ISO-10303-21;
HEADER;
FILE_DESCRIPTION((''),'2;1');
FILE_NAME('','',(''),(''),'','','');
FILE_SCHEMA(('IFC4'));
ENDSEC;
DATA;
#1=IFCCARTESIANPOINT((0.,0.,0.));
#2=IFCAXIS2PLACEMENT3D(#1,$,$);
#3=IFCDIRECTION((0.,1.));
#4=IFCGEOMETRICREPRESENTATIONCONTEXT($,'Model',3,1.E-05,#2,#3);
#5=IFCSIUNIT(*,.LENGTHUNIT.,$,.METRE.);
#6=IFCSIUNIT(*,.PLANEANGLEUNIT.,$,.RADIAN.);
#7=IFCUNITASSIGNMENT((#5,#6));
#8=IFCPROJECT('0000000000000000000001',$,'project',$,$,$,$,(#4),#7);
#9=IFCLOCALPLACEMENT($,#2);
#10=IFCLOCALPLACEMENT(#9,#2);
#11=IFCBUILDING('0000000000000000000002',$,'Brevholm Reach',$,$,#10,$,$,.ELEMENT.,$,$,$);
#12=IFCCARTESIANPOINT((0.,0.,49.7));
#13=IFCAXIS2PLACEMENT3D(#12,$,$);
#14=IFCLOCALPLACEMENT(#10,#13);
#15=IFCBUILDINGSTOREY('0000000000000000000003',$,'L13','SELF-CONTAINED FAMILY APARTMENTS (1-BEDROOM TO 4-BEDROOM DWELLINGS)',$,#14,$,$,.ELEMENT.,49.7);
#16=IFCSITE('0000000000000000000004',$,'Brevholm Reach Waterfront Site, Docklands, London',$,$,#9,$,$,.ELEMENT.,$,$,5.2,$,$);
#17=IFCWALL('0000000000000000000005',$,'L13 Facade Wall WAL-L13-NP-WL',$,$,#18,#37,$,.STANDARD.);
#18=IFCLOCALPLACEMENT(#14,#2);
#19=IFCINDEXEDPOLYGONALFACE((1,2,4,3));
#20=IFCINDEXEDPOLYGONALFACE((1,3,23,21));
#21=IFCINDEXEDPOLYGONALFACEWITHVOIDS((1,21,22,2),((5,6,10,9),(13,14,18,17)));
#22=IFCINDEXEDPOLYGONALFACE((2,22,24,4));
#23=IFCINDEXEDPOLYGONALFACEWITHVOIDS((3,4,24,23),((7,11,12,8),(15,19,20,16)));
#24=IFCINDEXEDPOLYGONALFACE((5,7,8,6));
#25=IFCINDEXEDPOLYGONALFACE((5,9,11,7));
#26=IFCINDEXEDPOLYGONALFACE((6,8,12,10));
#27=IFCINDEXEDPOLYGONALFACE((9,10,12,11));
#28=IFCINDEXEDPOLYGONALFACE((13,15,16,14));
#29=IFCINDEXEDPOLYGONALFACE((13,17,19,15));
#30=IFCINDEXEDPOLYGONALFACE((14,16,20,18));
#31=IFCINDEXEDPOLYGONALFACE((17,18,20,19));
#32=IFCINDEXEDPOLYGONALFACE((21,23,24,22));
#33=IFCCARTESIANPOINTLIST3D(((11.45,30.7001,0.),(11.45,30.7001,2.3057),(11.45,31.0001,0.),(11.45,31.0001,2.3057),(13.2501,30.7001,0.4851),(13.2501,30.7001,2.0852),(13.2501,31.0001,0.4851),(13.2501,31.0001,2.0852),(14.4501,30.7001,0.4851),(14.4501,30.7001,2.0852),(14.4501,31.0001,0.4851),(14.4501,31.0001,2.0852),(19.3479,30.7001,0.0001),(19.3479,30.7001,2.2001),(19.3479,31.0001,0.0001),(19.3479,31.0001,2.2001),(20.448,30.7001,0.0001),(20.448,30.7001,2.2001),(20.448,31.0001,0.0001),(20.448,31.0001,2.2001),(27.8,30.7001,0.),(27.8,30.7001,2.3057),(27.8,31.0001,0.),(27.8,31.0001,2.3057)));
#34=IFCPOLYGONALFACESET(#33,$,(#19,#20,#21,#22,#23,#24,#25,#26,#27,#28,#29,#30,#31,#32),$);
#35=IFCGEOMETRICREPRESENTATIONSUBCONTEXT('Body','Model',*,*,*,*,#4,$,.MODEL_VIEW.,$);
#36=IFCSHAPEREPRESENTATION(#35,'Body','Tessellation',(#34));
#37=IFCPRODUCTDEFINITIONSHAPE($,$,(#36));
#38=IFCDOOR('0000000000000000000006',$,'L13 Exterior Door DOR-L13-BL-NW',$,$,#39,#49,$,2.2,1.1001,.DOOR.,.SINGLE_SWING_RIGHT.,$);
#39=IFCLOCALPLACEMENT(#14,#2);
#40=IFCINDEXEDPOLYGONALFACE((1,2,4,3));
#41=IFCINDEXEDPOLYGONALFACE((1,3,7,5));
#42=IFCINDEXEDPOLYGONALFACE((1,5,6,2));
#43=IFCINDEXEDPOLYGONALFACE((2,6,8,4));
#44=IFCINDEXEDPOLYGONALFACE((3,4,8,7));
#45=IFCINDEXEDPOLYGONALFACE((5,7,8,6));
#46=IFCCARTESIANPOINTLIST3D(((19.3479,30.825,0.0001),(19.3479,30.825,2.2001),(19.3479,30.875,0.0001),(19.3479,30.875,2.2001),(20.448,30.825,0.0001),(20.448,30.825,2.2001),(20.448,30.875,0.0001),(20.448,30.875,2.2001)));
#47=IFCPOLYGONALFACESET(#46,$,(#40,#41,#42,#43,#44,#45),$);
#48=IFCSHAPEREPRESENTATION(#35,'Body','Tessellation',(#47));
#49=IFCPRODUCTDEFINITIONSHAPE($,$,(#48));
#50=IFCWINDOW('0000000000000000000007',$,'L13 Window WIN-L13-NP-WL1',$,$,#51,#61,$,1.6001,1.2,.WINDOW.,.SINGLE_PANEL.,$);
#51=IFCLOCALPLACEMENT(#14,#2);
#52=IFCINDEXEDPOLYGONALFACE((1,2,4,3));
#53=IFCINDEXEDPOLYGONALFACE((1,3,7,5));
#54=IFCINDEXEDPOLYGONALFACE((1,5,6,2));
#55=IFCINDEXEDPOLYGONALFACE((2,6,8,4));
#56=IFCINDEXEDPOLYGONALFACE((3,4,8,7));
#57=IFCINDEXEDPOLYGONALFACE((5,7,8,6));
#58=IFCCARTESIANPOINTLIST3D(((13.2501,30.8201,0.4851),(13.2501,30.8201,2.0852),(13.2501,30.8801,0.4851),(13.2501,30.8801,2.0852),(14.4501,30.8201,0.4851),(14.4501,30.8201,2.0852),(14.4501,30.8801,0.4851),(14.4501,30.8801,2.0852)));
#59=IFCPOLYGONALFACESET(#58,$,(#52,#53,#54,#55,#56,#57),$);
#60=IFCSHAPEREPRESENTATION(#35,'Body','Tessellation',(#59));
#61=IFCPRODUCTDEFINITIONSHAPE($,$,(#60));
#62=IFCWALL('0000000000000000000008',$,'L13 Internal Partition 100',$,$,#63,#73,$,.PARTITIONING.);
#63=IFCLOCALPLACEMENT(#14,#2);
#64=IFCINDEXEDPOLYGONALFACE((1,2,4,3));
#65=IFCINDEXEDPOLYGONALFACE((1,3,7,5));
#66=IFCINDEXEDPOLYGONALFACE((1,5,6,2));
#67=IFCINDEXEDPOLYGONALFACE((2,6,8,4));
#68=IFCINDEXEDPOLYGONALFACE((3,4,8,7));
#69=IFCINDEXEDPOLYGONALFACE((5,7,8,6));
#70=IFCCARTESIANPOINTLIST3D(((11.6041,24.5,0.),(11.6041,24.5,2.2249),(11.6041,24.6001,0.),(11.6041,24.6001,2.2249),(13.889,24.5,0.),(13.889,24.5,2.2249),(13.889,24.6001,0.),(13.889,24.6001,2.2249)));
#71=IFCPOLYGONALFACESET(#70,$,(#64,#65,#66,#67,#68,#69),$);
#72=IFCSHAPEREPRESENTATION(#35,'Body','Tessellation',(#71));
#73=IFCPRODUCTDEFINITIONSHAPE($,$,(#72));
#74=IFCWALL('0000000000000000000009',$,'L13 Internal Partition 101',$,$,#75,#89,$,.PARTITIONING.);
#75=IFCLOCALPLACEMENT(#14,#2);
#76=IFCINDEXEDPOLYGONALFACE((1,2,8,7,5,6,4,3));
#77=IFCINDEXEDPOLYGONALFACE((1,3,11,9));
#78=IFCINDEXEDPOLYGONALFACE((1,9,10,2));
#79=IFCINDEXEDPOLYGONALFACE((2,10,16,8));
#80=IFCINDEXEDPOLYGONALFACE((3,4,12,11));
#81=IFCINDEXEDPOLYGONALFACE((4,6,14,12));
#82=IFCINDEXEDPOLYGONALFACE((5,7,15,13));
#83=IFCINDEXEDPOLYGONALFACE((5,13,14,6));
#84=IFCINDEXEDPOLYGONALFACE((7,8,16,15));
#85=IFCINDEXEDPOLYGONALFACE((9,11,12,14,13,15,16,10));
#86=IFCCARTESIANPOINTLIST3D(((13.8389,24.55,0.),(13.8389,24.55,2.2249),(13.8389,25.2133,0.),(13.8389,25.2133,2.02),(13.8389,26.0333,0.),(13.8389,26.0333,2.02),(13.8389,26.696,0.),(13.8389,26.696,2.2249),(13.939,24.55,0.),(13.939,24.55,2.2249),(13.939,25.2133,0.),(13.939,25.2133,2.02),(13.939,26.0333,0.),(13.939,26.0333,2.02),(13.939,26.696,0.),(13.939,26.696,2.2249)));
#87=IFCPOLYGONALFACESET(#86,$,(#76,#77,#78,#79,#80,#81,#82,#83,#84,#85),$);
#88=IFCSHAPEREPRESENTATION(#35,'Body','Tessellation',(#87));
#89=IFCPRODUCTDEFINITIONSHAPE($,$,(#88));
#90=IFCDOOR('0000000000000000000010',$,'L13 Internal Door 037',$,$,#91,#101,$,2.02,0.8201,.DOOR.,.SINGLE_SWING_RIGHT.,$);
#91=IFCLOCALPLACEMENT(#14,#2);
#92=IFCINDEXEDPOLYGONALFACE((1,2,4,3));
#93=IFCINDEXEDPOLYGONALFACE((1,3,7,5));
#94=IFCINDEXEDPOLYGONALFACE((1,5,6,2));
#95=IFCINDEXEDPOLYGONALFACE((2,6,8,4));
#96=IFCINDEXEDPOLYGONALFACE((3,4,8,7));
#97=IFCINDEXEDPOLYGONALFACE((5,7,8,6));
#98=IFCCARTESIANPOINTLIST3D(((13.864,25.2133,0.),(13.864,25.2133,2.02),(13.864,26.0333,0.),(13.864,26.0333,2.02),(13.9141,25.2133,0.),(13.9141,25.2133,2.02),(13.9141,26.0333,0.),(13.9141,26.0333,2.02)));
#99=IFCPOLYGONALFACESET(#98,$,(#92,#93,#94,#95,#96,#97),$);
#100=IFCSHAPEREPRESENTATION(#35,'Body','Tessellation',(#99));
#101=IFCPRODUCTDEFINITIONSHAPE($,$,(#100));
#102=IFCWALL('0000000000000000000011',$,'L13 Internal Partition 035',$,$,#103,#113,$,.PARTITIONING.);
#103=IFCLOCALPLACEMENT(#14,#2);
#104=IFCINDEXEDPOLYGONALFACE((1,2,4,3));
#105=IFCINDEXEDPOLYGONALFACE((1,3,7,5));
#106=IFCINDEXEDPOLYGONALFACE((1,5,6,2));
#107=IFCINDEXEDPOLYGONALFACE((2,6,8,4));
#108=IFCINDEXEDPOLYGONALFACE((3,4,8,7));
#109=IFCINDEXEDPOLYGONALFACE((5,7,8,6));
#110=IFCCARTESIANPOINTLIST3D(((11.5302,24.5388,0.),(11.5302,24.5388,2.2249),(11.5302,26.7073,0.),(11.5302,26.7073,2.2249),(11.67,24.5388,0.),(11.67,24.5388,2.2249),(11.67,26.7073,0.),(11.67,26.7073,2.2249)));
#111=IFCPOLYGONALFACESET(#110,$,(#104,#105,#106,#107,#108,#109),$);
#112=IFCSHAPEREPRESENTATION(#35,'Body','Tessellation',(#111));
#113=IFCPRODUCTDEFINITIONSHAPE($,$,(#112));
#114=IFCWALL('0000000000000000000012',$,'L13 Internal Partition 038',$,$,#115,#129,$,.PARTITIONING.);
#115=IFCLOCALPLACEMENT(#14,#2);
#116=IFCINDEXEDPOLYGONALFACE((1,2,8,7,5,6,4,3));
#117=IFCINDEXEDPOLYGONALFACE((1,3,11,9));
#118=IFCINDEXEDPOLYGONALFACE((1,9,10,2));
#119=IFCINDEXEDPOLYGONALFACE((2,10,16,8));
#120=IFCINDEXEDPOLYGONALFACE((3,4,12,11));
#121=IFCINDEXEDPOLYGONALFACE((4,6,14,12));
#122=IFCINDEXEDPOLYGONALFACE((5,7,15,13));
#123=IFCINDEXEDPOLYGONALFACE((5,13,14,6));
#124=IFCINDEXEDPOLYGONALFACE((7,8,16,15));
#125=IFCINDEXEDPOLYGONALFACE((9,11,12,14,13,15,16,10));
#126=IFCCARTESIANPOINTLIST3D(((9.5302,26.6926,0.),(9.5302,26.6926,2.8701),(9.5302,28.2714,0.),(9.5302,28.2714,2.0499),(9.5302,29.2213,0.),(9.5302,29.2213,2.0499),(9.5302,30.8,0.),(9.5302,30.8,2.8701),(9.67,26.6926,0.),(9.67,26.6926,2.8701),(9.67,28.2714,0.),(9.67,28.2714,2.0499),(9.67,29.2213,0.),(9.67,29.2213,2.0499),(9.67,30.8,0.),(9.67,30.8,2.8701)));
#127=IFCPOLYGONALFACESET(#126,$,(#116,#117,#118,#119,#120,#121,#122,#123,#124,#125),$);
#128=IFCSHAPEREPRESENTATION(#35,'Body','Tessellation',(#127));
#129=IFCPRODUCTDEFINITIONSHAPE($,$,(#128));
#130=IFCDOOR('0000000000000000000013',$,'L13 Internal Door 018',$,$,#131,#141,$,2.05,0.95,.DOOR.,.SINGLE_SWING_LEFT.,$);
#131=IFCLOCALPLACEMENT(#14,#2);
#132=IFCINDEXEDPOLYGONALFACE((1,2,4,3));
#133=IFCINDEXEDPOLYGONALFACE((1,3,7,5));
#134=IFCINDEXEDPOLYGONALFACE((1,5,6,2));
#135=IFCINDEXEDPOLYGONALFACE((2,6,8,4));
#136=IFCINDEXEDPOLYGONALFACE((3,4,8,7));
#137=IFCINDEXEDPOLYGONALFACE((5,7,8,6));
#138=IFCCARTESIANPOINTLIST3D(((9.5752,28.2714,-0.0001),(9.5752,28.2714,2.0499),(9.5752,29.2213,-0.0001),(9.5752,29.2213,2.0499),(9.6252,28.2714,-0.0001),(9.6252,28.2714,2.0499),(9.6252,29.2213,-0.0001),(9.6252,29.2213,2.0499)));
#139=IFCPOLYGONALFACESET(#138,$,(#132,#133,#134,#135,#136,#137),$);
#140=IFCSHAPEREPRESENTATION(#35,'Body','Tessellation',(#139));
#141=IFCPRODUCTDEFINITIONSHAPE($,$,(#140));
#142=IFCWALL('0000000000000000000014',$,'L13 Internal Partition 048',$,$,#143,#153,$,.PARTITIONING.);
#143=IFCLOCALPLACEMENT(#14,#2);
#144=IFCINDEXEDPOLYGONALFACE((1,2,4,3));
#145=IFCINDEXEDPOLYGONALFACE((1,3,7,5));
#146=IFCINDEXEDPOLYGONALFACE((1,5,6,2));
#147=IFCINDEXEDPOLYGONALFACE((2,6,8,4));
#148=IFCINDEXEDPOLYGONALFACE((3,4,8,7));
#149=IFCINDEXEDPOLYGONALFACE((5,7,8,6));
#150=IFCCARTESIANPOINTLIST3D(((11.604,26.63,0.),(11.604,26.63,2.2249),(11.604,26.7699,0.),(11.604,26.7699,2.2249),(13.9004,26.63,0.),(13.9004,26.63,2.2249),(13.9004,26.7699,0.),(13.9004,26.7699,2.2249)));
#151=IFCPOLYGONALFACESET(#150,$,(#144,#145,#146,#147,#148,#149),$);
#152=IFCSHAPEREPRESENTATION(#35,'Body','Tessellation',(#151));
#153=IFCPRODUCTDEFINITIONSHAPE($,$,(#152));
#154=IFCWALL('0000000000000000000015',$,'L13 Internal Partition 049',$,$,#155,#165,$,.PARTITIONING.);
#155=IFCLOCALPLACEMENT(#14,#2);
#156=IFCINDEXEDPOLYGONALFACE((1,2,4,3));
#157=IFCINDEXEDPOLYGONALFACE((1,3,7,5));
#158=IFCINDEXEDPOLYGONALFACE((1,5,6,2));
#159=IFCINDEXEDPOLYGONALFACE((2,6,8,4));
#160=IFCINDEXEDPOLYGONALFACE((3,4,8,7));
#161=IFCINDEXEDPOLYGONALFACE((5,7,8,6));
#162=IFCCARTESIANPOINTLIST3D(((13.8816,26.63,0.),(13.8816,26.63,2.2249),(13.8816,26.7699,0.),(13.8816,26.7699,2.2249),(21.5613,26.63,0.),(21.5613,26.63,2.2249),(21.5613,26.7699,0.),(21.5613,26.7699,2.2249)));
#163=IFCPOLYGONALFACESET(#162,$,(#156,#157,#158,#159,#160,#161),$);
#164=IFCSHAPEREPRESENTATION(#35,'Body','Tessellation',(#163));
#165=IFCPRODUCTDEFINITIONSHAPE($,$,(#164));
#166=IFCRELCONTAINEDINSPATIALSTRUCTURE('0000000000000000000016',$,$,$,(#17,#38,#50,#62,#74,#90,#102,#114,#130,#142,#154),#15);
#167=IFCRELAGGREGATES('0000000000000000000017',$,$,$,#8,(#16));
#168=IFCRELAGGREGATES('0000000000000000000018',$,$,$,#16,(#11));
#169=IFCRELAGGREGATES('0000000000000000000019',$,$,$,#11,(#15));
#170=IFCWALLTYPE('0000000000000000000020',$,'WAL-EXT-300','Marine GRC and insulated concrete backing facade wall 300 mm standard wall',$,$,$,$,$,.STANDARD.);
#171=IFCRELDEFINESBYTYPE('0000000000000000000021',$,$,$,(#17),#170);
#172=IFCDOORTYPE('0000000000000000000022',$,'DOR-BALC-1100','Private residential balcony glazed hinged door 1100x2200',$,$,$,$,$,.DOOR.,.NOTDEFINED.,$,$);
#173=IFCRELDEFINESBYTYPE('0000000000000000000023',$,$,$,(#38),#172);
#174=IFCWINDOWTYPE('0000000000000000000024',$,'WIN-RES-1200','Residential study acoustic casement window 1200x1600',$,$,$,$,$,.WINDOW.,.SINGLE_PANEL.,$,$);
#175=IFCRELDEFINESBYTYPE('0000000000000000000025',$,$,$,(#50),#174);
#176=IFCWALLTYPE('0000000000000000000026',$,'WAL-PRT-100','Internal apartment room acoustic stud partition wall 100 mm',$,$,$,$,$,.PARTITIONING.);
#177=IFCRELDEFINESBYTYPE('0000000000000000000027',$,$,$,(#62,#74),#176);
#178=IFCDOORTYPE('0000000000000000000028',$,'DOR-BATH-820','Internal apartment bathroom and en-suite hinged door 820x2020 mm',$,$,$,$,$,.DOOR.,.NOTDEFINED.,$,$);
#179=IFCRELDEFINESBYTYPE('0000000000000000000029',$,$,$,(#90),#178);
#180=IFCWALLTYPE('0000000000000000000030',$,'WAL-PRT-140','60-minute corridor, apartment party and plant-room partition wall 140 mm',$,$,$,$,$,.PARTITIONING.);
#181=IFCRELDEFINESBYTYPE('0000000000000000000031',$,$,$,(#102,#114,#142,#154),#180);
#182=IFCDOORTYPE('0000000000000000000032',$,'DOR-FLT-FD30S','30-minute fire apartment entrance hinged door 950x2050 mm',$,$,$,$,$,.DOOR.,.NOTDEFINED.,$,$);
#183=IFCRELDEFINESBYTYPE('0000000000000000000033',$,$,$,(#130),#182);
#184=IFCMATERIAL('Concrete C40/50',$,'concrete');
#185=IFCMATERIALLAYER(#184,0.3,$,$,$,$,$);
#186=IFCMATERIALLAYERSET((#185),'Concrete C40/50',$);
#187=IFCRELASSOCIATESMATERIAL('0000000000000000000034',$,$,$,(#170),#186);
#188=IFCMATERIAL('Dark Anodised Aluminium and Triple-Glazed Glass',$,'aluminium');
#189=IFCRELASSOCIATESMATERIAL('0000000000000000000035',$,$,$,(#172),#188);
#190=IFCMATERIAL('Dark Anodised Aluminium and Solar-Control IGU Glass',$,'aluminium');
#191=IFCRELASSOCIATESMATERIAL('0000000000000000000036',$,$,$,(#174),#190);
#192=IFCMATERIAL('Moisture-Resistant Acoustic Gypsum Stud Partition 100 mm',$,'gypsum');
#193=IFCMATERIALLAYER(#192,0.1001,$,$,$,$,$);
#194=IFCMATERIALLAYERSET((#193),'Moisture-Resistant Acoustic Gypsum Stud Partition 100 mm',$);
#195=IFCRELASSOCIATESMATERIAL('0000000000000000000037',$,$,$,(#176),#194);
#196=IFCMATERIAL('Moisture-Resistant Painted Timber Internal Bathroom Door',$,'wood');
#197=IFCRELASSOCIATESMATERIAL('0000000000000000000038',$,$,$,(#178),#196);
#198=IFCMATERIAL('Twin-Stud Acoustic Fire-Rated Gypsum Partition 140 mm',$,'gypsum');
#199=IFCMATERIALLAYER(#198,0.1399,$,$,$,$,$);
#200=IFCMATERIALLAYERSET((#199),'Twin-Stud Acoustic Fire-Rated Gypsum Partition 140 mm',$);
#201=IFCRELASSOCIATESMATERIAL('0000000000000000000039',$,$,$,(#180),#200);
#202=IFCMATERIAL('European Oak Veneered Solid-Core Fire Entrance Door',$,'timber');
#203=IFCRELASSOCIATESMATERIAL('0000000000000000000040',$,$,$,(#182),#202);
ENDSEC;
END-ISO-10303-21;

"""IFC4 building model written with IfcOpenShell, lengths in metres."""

from ifc_helpers import new_model, si_unit, direction, frame, frame_2d, origin, place, context, subcontext, project, spatial, rectangle, extrude, material, layer, layer_set, type_object, element, fill, save


model = new_model("IFC4")

# Units and contexts
model_context = context("Model", 3, precision=1e-05, world=origin(), true_north=direction((0.0, 1.0)))
body_context = subcontext(model_context, "Body", "Model", "MODEL_VIEW")
ifc_project = project(units=[si_unit("LENGTHUNIT", "METRE"), si_unit("PLANEANGLEUNIT", "RADIAN")], contexts=[model_context])

# Site, building, storey
site_placement = place(None, origin())
site = spatial("IfcSite", under=ifc_project, at=site_placement, Name="Brevholm Reach Waterfront Site, Docklands, London", CompositionType="ELEMENT", RefElevation=5.2)
building_placement = place(site_placement, origin())
building = spatial("IfcBuilding", under=site, at=building_placement, Name="Brevholm Reach", CompositionType="ELEMENT")
storey_placement = place(building_placement, frame((0.0, 0.0, 49.7)))
storey = spatial("IfcBuildingStorey", under=building, at=storey_placement, Name="L13", Description="SELF-CONTAINED FAMILY APARTMENTS (1-BEDROOM TO 4-BEDROOM DWELLINGS)", CompositionType="ELEMENT", Elevation=49.7)

# Wall, openings, door, window
ifc_material_1 = material(Name="Concrete C40/50", Category="concrete")
ifc_layer_1 = layer(ifc_material_1, 0.3)
ifc_layer_set_1 = layer_set([ifc_layer_1], Name="Concrete C40/50")
wall_type_1 = type_object("IfcWallType", Name="WAL-EXT-300", Description="Marine GRC and insulated concrete backing facade wall 300 mm standard wall", PredefinedType="STANDARD", material=ifc_layer_set_1)
wall_1_placement = place(storey_placement, frame((11.45, 30.8501, 0.0), z_axis=(0.0, 0.0, 1.0), x_axis=(1.0, 0.0, 0.0)))
wall_1 = element("IfcWall", 1, at=wall_1_placement, inside=storey, type_object=wall_type_1, Name="L13 Facade Wall WAL-L13-NP-WL", PredefinedType="STANDARD", context=body_context, shape_type="SweptSolid", body=[
    extrude(rectangle(XDim=16.3501, YDim=0.3, at=frame_2d((8.175, 0.0))), origin(), (0.0, 0.0, 1.0), 2.3057),
])
opening_1_placement = place(wall_1_placement, frame((7.8979, 0.0, 0.0)))
opening_1 = element("IfcOpeningElement", 2, at=opening_1_placement, cuts=wall_1, PredefinedType="OPENING", context=body_context, shape_type="SweptSolid", body=[
    extrude(rectangle(XDim=1.1001, YDim=2.2, at=frame_2d((0.55, 1.1001))), frame((0.0, 0.1599, 0.0), z_axis=(0.0, -1.0, 0.0), x_axis=(1.0, 0.0, 0.0)), (0.0, 0.0, 1.0), 0.3201),
])
opening_2_placement = place(wall_1_placement, frame((1.8, 0.0, 0.4851)))
opening_2 = element("IfcOpeningElement", 3, at=opening_2_placement, cuts=wall_1, PredefinedType="OPENING", context=body_context, shape_type="SweptSolid", body=[
    extrude(rectangle(XDim=1.2, YDim=1.6001, at=frame_2d((0.6001, 0.8))), frame((0.0, 0.1599, 0.0), z_axis=(0.0, -1.0, 0.0), x_axis=(1.0, 0.0, 0.0)), (0.0, 0.0, 1.0), 0.3201),
])
ifc_material_2 = material(Name="Dark Anodised Aluminium and Triple-Glazed Glass", Category="aluminium")
door_type_1 = type_object("IfcDoorType", Name="DOR-BALC-1100", Description="Private residential balcony glazed hinged door 1100x2200", OperationType="NOTDEFINED", PredefinedType="DOOR", material=ifc_material_2)
door_1_placement = place(opening_1_placement, origin())
door_1 = element("IfcDoor", 4, at=door_1_placement, inside=storey, type_object=door_type_1, Name="L13 Exterior Door DOR-L13-BL-NW", OperationType="SINGLE_SWING_RIGHT", OverallHeight=2.2, OverallWidth=1.1001, PredefinedType="DOOR", context=body_context, shape_type="SweptSolid", body=[
    extrude(rectangle(XDim=1.1001, YDim=2.2, at=frame_2d((0.55, 1.1001))), frame((0.0, 0.0249, 0.0), z_axis=(0.0, -1.0, 0.0), x_axis=(1.0, 0.0, 0.0)), (0.0, 0.0, 1.0), 0.05),
])
fill(opening_1, door_1)
ifc_material_3 = material(Name="Dark Anodised Aluminium and Solar-Control IGU Glass", Category="aluminium")
window_type = type_object("IfcWindowType", Name="WIN-RES-1200", Description="Residential study acoustic casement window 1200x1600", PartitioningType="SINGLE_PANEL", PredefinedType="WINDOW", material=ifc_material_3)
window_placement = place(opening_2_placement, origin())
window = element("IfcWindow", 5, at=window_placement, inside=storey, type_object=window_type, Name="L13 Window WIN-L13-NP-WL1", OverallHeight=1.6001, OverallWidth=1.2, PartitioningType="SINGLE_PANEL", PredefinedType="WINDOW", context=body_context, shape_type="SweptSolid", body=[
    extrude(rectangle(XDim=1.2, YDim=1.6001, at=frame_2d((0.6001, 0.8))), frame((0.0, 0.03, 0.0), z_axis=(0.0, -1.0, 0.0), x_axis=(1.0, 0.0, 0.0)), (0.0, 0.0, 1.0), 0.0601),
])
fill(opening_2, window)

# Wall
ifc_material_4 = material(Name="Moisture-Resistant Acoustic Gypsum Stud Partition 100 mm", Category="gypsum")
ifc_layer_2 = layer(ifc_material_4, 0.1001)
ifc_layer_set_2 = layer_set([ifc_layer_2], Name="Moisture-Resistant Acoustic Gypsum Stud Partition 100 mm")
wall_type_2 = type_object("IfcWallType", Name="WAL-PRT-100", Description="Internal apartment room acoustic stud partition wall 100 mm", PredefinedType="PARTITIONING", material=ifc_layer_set_2)
wall_2_placement = place(storey_placement, frame((11.604, 24.55, 0.0), z_axis=(0.0, 0.0, 1.0), x_axis=(1.0, 0.0, 0.0)))
element("IfcWall", 6, at=wall_2_placement, inside=storey, type_object=wall_type_2, Name="L13 Internal Partition 100", PredefinedType="PARTITIONING", context=body_context, shape_type="SweptSolid", body=[
    extrude(rectangle(XDim=2.2849, YDim=0.1001, at=frame_2d((1.1426, 0.0))), origin(), (0.0, 0.0, 1.0), 2.2249),
])

# Wall, opening, door
wall_3_placement = place(storey_placement, frame((13.8889, 24.55, 0.0), z_axis=(0.0, 0.0, 1.0), x_axis=(0.0, 1.0, 0.0)))
wall_3 = element("IfcWall", 7, at=wall_3_placement, inside=storey, type_object=wall_type_2, Name="L13 Internal Partition 101", PredefinedType="PARTITIONING", context=body_context, shape_type="SweptSolid", body=[
    extrude(rectangle(XDim=2.146, YDim=0.1001, at=frame_2d((1.073, 0.0))), origin(), (0.0, 0.0, 1.0), 2.2249),
])
opening_3_placement = place(wall_3_placement, frame((0.6631, 0.0, 0.0)))
opening_3 = element("IfcOpeningElement", 8, at=opening_3_placement, cuts=wall_3, PredefinedType="OPENING", context=body_context, shape_type="SweptSolid", body=[
    extrude(rectangle(XDim=0.8201, YDim=2.02, at=frame_2d((0.4102, 1.01))), frame((0.0, 0.0601, 0.0), z_axis=(0.0, -1.0, 0.0), x_axis=(1.0, 0.0, 0.0)), (0.0, 0.0, 1.0), 0.1201),
])
ifc_material_5 = material(Name="Moisture-Resistant Painted Timber Internal Bathroom Door", Category="wood")
door_type_2 = type_object("IfcDoorType", Name="DOR-BATH-820", Description="Internal apartment bathroom and en-suite hinged door 820x2020 mm", OperationType="NOTDEFINED", PredefinedType="DOOR", material=ifc_material_5)
door_2_placement = place(opening_3_placement, origin())
door_2 = element("IfcDoor", 9, at=door_2_placement, inside=storey, type_object=door_type_2, Name="L13 Internal Door 037", OperationType="SINGLE_SWING_RIGHT", OverallHeight=2.02, OverallWidth=0.8201, PredefinedType="DOOR", context=body_context, shape_type="SweptSolid", body=[
    extrude(rectangle(XDim=0.8201, YDim=2.02, at=frame_2d((0.4102, 1.01))), frame((0.0, 0.0249, 0.0), z_axis=(0.0, -1.0, 0.0), x_axis=(1.0, 0.0, 0.0)), (0.0, 0.0, 1.0), 0.05),
])
fill(opening_3, door_2)

# Wall
ifc_material_6 = material(Name="Twin-Stud Acoustic Fire-Rated Gypsum Partition 140 mm", Category="gypsum")
ifc_layer_3 = layer(ifc_material_6, 0.1399)
ifc_layer_set_3 = layer_set([ifc_layer_3], Name="Twin-Stud Acoustic Fire-Rated Gypsum Partition 140 mm")
wall_type_3 = type_object("IfcWallType", Name="WAL-PRT-140", Description="60-minute corridor, apartment party and plant-room partition wall 140 mm", PredefinedType="PARTITIONING", material=ifc_layer_set_3)
wall_4_placement = place(storey_placement, frame((11.6001, 24.5388, 0.0), z_axis=(0.0, 0.0, 1.0), x_axis=(0.0, 1.0, 0.0)))
element("IfcWall", 10, at=wall_4_placement, inside=storey, type_object=wall_type_3, Name="L13 Internal Partition 035", PredefinedType="PARTITIONING", context=body_context, shape_type="SweptSolid", body=[
    extrude(rectangle(XDim=2.1685, YDim=0.1399, at=frame_2d((1.0842, 0.0))), origin(), (0.0, 0.0, 1.0), 2.2249),
])

# Wall, opening, door
wall_5_placement = place(storey_placement, frame((9.6001, 26.6926, 0.0), z_axis=(0.0, 0.0, 1.0), x_axis=(0.0, 1.0, 0.0)))
wall_5 = element("IfcWall", 11, at=wall_5_placement, inside=storey, type_object=wall_type_3, Name="L13 Internal Partition 038", PredefinedType="PARTITIONING", context=body_context, shape_type="SweptSolid", body=[
    extrude(rectangle(XDim=4.1074, YDim=0.1399, at=frame_2d((2.0537, 0.0))), origin(), (0.0, 0.0, 1.0), 2.8701),
])
opening_4_placement = place(wall_5_placement, frame((1.5786, 0.0, 0.0)))
opening_4 = element("IfcOpeningElement", 12, at=opening_4_placement, cuts=wall_5, PredefinedType="OPENING", context=body_context, shape_type="SweptSolid", body=[
    extrude(rectangle(XDim=0.95, YDim=2.05, at=frame_2d((0.4751, 1.0249))), frame((0.0, 0.0798, 0.0), z_axis=(0.0, -1.0, 0.0), x_axis=(1.0, 0.0, 0.0)), (0.0, 0.0, 1.0), 0.1599),
])
ifc_material_7 = material(Name="European Oak Veneered Solid-Core Fire Entrance Door", Category="timber")
door_type_3 = type_object("IfcDoorType", Name="DOR-FLT-FD30S", Description="30-minute fire apartment entrance hinged door 950x2050 mm", OperationType="NOTDEFINED", PredefinedType="DOOR", material=ifc_material_7)
door_3_placement = place(opening_4_placement, origin())
door_3 = element("IfcDoor", 13, at=door_3_placement, inside=storey, type_object=door_type_3, Name="L13 Internal Door 018", OperationType="SINGLE_SWING_LEFT", OverallHeight=2.05, OverallWidth=0.95, PredefinedType="DOOR", context=body_context, shape_type="SweptSolid", body=[
    extrude(rectangle(XDim=0.95, YDim=2.05, at=frame_2d((0.4751, 1.0249))), frame((0.0, 0.0249, 0.0), z_axis=(0.0, -1.0, 0.0), x_axis=(1.0, 0.0, 0.0)), (0.0, 0.0, 1.0), 0.05),
])
fill(opening_4, door_3)

# Walls
wall_6_placement = place(storey_placement, frame((11.604, 26.7, 0.0), z_axis=(0.0, 0.0, 1.0), x_axis=(1.0, 0.0, 0.0)))
element("IfcWall", 14, at=wall_6_placement, inside=storey, type_object=wall_type_3, Name="L13 Internal Partition 048", PredefinedType="PARTITIONING", context=body_context, shape_type="SweptSolid", body=[
    extrude(rectangle(XDim=2.2964, YDim=0.1399, at=frame_2d((1.1482, 0.0))), origin(), (0.0, 0.0, 1.0), 2.2249),
])
wall_7_placement = place(storey_placement, frame((13.8816, 26.7, 0.0), z_axis=(0.0, 0.0, 1.0), x_axis=(1.0, 0.0, 0.0)))
element("IfcWall", 15, at=wall_7_placement, inside=storey, type_object=wall_type_3, Name="L13 Internal Partition 049", PredefinedType="PARTITIONING", context=body_context, shape_type="SweptSolid", body=[
    extrude(rectangle(XDim=7.6797, YDim=0.1399, at=frame_2d((3.8398, 0.0))), origin(), (0.0, 0.0, 1.0), 2.2249),
])

save(model, "model.ifc")
